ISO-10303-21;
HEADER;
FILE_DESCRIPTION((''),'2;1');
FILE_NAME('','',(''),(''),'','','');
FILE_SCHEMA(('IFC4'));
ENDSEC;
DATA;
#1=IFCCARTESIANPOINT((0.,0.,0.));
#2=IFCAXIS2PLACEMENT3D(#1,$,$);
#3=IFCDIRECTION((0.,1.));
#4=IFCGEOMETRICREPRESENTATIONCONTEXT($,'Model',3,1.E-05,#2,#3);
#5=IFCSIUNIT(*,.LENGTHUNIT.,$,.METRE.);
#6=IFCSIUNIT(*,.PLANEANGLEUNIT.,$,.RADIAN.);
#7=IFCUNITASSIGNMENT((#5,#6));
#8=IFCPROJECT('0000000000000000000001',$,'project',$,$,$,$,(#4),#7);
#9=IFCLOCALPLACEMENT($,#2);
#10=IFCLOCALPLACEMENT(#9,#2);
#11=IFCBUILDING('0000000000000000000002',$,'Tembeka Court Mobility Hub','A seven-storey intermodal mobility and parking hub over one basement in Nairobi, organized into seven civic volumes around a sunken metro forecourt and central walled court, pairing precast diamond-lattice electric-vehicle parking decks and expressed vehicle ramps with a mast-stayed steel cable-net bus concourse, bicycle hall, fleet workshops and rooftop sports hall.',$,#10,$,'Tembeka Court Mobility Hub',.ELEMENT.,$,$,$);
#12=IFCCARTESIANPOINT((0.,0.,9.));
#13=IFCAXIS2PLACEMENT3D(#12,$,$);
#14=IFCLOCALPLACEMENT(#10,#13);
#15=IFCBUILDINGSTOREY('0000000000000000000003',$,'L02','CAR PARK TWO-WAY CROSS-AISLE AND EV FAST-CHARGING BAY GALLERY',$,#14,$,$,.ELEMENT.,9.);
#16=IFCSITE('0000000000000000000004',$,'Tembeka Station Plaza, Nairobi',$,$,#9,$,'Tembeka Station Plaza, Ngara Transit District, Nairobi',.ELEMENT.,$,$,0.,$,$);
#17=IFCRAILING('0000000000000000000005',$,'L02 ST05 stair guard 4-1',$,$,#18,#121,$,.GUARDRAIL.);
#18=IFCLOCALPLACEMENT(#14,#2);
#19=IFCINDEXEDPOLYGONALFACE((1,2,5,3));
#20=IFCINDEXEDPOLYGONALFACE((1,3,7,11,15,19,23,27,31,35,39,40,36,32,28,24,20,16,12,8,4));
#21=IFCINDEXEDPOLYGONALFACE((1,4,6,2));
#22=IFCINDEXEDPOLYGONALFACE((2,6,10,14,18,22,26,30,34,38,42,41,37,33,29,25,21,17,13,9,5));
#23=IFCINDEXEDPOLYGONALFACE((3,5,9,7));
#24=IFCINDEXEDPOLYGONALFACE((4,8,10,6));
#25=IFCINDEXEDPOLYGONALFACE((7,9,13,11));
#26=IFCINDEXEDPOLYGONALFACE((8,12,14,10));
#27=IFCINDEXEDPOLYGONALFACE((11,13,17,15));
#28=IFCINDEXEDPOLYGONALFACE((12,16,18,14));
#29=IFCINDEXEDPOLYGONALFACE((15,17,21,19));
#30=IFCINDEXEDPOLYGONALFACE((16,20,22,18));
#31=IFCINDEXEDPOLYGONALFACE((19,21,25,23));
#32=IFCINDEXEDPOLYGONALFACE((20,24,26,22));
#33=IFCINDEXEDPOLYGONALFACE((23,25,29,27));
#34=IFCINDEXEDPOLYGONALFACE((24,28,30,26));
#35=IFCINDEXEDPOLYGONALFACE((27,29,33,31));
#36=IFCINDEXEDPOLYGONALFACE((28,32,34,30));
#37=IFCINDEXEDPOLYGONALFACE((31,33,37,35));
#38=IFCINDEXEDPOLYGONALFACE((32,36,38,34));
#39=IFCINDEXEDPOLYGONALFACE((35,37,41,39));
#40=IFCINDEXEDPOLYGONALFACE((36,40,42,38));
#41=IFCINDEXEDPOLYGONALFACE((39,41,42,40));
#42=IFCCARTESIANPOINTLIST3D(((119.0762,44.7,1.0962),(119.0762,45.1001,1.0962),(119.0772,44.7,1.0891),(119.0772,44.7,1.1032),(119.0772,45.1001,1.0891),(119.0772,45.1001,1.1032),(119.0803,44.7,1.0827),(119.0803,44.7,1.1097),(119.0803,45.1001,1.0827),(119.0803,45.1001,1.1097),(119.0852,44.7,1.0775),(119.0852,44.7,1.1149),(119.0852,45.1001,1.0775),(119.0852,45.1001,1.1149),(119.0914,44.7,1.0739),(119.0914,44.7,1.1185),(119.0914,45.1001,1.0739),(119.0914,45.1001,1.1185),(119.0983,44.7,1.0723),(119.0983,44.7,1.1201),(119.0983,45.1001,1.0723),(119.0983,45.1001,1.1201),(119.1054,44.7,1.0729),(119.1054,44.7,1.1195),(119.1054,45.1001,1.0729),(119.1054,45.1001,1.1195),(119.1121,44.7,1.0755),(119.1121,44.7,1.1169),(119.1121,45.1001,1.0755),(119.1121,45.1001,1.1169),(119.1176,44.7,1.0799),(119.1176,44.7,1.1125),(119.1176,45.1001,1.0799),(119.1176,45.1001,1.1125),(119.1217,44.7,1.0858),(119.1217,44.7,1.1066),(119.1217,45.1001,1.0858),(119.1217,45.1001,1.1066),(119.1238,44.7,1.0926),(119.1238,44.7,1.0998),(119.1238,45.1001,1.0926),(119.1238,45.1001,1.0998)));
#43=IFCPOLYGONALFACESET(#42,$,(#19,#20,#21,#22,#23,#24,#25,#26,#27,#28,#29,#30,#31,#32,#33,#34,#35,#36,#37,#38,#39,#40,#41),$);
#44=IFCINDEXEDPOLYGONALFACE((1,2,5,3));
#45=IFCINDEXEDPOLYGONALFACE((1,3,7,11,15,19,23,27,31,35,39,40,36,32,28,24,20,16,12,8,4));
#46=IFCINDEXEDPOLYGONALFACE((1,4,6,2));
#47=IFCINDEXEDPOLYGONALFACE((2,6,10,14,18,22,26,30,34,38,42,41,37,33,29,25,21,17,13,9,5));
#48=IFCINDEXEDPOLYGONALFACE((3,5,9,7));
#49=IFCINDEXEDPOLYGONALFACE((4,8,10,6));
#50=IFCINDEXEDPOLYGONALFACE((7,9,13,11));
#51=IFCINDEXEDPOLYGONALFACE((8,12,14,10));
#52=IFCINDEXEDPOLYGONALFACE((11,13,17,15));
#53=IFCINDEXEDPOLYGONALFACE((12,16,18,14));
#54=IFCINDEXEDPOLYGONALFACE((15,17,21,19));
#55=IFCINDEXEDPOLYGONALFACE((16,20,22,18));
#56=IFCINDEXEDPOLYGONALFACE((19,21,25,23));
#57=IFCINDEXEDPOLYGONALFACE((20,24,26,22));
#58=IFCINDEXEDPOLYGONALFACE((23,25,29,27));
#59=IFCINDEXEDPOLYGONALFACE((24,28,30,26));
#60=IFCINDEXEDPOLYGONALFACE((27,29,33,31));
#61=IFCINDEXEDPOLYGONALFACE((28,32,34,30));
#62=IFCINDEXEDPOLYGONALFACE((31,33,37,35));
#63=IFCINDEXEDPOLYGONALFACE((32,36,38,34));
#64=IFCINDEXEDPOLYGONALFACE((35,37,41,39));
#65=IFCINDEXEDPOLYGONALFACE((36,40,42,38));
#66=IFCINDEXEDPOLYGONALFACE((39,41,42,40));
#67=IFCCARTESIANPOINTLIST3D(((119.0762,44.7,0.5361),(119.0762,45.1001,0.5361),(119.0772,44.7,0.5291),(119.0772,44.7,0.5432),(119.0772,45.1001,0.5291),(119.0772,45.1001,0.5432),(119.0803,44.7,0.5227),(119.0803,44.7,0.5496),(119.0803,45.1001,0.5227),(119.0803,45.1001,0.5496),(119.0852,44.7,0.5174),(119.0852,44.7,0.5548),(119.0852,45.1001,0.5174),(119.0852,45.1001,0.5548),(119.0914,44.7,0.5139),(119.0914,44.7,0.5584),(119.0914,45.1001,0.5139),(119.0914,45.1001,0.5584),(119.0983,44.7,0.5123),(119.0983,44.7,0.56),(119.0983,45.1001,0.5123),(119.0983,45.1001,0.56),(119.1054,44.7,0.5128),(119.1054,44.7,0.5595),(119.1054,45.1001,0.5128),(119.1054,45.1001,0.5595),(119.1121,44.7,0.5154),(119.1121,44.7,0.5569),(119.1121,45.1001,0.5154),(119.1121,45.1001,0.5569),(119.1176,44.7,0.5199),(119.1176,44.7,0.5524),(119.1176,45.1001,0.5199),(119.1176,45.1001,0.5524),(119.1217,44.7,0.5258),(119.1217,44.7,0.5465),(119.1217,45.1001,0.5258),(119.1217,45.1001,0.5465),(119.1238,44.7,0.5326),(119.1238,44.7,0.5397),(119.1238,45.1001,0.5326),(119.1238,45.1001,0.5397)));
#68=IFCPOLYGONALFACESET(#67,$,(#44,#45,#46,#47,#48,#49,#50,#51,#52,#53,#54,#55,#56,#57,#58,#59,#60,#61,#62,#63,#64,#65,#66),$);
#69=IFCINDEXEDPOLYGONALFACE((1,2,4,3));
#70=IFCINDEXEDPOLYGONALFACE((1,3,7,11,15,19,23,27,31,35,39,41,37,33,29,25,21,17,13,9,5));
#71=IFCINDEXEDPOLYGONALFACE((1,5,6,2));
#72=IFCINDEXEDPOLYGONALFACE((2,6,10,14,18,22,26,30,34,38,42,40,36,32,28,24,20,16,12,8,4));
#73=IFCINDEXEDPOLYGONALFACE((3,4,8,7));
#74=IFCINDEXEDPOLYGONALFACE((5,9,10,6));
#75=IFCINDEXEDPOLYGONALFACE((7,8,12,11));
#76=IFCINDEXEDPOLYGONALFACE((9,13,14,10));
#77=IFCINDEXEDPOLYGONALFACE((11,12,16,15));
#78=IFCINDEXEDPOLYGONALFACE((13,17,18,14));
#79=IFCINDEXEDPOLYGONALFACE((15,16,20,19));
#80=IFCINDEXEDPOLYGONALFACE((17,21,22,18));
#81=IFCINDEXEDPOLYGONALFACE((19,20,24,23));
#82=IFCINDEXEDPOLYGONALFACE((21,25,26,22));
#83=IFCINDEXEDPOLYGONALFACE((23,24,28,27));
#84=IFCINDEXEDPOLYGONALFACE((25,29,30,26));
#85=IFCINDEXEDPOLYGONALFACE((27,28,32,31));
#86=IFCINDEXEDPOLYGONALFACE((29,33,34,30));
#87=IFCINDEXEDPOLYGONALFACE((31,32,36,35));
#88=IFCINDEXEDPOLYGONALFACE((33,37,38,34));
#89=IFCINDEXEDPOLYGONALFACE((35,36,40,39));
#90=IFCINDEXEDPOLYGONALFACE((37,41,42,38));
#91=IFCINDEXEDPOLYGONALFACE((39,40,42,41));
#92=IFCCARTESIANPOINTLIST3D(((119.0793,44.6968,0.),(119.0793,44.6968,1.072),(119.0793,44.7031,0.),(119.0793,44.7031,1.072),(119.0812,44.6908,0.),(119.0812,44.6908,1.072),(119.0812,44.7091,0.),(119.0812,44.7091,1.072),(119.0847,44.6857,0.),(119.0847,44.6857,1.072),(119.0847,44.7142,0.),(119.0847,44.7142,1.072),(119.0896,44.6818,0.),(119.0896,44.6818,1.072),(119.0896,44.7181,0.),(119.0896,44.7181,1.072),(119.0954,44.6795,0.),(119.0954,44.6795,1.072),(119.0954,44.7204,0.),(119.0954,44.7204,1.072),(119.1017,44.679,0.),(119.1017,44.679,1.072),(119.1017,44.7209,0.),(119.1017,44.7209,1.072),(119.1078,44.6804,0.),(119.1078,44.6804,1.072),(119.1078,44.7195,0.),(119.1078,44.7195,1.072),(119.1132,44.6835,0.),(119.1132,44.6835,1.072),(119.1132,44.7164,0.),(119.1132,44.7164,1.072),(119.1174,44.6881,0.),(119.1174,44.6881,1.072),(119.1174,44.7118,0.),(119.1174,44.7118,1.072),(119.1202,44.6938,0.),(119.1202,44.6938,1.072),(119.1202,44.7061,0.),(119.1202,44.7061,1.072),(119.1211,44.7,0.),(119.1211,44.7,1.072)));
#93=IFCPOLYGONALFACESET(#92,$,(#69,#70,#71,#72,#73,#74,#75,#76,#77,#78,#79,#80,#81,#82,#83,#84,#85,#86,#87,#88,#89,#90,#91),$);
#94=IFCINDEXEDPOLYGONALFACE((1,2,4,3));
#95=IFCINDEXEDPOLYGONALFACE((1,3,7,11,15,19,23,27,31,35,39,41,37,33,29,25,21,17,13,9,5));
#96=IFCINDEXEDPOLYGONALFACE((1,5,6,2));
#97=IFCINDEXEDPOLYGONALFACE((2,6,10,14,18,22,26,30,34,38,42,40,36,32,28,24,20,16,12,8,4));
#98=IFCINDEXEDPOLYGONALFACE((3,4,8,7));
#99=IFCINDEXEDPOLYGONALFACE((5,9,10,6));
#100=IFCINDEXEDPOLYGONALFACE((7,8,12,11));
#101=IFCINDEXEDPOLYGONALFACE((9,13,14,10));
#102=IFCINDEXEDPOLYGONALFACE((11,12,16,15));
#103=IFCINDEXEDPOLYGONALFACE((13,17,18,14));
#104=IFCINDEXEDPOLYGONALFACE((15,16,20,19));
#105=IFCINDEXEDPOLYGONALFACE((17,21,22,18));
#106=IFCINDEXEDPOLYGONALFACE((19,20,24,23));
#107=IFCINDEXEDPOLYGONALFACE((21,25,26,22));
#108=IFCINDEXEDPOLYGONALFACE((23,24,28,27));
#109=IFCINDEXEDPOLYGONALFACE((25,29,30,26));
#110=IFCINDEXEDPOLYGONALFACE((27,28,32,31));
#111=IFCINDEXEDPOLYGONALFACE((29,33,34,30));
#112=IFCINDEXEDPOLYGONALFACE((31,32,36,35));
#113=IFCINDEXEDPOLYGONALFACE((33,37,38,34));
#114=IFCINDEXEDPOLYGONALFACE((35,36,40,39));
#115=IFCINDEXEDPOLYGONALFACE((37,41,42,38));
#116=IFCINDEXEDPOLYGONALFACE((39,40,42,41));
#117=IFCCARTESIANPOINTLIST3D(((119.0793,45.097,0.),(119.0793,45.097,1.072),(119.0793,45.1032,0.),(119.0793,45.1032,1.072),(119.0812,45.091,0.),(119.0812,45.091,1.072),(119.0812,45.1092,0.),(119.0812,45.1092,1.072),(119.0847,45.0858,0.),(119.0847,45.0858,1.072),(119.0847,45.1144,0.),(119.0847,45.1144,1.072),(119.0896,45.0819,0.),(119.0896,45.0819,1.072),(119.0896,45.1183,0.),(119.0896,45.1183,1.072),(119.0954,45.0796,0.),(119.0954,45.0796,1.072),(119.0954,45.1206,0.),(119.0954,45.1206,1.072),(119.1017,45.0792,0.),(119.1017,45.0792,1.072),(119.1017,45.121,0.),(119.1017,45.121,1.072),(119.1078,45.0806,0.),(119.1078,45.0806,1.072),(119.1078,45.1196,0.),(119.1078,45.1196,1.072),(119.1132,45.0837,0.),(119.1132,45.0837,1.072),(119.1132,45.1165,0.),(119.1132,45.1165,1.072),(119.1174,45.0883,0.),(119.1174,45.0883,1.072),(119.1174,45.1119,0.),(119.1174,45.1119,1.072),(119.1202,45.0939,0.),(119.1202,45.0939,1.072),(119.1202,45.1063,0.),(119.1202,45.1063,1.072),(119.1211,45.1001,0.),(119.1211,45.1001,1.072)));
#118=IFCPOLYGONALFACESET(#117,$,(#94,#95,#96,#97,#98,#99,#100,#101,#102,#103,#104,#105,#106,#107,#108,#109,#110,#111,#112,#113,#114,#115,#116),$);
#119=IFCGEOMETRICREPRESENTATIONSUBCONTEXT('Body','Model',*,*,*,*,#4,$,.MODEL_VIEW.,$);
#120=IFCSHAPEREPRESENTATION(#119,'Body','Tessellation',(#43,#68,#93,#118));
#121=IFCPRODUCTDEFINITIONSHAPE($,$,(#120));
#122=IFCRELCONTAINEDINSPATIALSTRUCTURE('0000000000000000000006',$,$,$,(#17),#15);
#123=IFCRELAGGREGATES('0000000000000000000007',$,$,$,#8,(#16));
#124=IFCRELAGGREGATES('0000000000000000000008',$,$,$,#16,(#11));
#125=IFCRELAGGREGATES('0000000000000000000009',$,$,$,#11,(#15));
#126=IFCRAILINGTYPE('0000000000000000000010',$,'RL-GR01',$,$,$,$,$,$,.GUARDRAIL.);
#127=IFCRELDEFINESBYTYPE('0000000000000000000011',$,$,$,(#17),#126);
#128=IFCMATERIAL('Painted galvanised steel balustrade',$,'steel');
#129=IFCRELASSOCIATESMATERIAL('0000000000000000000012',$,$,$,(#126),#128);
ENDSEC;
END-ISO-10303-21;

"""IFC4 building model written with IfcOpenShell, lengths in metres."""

from ifc_helpers import new_model, si_unit, direction, frame, origin, origin_2d, place, context, subcontext, project, spatial, circle, extrude, material, type_object, element, save


model = new_model("IFC4")

# Units and contexts
model_context = context("Model", 3, precision=1e-05, world=origin(), true_north=direction((0.0, 1.0)))
body_context = subcontext(model_context, "Body", "Model", "MODEL_VIEW")
ifc_project = project(units=[si_unit("LENGTHUNIT", "METRE"), si_unit("PLANEANGLEUNIT", "RADIAN")], contexts=[model_context])

# Site, building, storey
site_placement = place(None, origin())
site = spatial("IfcSite", under=ifc_project, at=site_placement, Name="Tembeka Station Plaza, Nairobi", LongName="Tembeka Station Plaza, Ngara Transit District, Nairobi", CompositionType="ELEMENT", RefElevation=0.0)
building_placement = place(site_placement, origin())
building = spatial("IfcBuilding", under=site, at=building_placement, Name="Tembeka Court Mobility Hub", Description="A seven-storey intermodal mobility and parking hub over one basement in Nairobi, organized into seven civic volumes around a sunken metro forecourt and central walled court, pairing precast diamond-lattice electric-vehicle parking decks and expressed vehicle ramps with a mast-stayed steel cable-net bus concourse, bicycle hall, fleet workshops and rooftop sports hall.", LongName="Tembeka Court Mobility Hub", CompositionType="ELEMENT")
storey_placement = place(building_placement, frame((0.0, 0.0, 9.0)))
storey = spatial("IfcBuildingStorey", under=building, at=storey_placement, Name="L02", Description="CAR PARK TWO-WAY CROSS-AISLE AND EV FAST-CHARGING BAY GALLERY", CompositionType="ELEMENT", Elevation=9.0)

# Railing
ifc_material_1 = material(Name="Painted galvanised steel balustrade", Category="steel")
railing_type_1 = type_object("IfcRailingType", Name="RL-GR01", PredefinedType="GUARDRAIL", material=ifc_material_1)
railing_1_placement = place(storey_placement, frame((119.1001, 44.7, 0.0)))
element("IfcRailing", 1, at=railing_1_placement, inside=storey, type_object=railing_type_1, Name="L02 ST05 stair guard 4-1", PredefinedType="GUARDRAIL", context=body_context, shape_type="SweptSolid", body=[
    extrude(circle(Radius=0.0239, at=origin_2d()), frame((0.0, 0.0, 1.0962), z_axis=(0.0, 1.0, 0.0), x_axis=(-1.0, 0.0, 0.0)), (0.0, 0.0, 1.0), 0.4001),
    extrude(circle(Radius=0.0239, at=origin_2d()), frame((0.0, 0.0, 0.5361), z_axis=(0.0, 1.0, 0.0), x_axis=(-1.0, 0.0, 0.0)), (0.0, 0.0, 1.0), 0.4001),
    extrude(circle(Radius=0.021, at=origin_2d()), origin(), (0.0, 0.0, 1.0), 1.072),
    extrude(circle(Radius=0.021, at=origin_2d()), frame((0.0, 0.4001, 0.0)), (0.0, 0.0, 1.0), 1.072),
])

save(model, "model.ifc")
